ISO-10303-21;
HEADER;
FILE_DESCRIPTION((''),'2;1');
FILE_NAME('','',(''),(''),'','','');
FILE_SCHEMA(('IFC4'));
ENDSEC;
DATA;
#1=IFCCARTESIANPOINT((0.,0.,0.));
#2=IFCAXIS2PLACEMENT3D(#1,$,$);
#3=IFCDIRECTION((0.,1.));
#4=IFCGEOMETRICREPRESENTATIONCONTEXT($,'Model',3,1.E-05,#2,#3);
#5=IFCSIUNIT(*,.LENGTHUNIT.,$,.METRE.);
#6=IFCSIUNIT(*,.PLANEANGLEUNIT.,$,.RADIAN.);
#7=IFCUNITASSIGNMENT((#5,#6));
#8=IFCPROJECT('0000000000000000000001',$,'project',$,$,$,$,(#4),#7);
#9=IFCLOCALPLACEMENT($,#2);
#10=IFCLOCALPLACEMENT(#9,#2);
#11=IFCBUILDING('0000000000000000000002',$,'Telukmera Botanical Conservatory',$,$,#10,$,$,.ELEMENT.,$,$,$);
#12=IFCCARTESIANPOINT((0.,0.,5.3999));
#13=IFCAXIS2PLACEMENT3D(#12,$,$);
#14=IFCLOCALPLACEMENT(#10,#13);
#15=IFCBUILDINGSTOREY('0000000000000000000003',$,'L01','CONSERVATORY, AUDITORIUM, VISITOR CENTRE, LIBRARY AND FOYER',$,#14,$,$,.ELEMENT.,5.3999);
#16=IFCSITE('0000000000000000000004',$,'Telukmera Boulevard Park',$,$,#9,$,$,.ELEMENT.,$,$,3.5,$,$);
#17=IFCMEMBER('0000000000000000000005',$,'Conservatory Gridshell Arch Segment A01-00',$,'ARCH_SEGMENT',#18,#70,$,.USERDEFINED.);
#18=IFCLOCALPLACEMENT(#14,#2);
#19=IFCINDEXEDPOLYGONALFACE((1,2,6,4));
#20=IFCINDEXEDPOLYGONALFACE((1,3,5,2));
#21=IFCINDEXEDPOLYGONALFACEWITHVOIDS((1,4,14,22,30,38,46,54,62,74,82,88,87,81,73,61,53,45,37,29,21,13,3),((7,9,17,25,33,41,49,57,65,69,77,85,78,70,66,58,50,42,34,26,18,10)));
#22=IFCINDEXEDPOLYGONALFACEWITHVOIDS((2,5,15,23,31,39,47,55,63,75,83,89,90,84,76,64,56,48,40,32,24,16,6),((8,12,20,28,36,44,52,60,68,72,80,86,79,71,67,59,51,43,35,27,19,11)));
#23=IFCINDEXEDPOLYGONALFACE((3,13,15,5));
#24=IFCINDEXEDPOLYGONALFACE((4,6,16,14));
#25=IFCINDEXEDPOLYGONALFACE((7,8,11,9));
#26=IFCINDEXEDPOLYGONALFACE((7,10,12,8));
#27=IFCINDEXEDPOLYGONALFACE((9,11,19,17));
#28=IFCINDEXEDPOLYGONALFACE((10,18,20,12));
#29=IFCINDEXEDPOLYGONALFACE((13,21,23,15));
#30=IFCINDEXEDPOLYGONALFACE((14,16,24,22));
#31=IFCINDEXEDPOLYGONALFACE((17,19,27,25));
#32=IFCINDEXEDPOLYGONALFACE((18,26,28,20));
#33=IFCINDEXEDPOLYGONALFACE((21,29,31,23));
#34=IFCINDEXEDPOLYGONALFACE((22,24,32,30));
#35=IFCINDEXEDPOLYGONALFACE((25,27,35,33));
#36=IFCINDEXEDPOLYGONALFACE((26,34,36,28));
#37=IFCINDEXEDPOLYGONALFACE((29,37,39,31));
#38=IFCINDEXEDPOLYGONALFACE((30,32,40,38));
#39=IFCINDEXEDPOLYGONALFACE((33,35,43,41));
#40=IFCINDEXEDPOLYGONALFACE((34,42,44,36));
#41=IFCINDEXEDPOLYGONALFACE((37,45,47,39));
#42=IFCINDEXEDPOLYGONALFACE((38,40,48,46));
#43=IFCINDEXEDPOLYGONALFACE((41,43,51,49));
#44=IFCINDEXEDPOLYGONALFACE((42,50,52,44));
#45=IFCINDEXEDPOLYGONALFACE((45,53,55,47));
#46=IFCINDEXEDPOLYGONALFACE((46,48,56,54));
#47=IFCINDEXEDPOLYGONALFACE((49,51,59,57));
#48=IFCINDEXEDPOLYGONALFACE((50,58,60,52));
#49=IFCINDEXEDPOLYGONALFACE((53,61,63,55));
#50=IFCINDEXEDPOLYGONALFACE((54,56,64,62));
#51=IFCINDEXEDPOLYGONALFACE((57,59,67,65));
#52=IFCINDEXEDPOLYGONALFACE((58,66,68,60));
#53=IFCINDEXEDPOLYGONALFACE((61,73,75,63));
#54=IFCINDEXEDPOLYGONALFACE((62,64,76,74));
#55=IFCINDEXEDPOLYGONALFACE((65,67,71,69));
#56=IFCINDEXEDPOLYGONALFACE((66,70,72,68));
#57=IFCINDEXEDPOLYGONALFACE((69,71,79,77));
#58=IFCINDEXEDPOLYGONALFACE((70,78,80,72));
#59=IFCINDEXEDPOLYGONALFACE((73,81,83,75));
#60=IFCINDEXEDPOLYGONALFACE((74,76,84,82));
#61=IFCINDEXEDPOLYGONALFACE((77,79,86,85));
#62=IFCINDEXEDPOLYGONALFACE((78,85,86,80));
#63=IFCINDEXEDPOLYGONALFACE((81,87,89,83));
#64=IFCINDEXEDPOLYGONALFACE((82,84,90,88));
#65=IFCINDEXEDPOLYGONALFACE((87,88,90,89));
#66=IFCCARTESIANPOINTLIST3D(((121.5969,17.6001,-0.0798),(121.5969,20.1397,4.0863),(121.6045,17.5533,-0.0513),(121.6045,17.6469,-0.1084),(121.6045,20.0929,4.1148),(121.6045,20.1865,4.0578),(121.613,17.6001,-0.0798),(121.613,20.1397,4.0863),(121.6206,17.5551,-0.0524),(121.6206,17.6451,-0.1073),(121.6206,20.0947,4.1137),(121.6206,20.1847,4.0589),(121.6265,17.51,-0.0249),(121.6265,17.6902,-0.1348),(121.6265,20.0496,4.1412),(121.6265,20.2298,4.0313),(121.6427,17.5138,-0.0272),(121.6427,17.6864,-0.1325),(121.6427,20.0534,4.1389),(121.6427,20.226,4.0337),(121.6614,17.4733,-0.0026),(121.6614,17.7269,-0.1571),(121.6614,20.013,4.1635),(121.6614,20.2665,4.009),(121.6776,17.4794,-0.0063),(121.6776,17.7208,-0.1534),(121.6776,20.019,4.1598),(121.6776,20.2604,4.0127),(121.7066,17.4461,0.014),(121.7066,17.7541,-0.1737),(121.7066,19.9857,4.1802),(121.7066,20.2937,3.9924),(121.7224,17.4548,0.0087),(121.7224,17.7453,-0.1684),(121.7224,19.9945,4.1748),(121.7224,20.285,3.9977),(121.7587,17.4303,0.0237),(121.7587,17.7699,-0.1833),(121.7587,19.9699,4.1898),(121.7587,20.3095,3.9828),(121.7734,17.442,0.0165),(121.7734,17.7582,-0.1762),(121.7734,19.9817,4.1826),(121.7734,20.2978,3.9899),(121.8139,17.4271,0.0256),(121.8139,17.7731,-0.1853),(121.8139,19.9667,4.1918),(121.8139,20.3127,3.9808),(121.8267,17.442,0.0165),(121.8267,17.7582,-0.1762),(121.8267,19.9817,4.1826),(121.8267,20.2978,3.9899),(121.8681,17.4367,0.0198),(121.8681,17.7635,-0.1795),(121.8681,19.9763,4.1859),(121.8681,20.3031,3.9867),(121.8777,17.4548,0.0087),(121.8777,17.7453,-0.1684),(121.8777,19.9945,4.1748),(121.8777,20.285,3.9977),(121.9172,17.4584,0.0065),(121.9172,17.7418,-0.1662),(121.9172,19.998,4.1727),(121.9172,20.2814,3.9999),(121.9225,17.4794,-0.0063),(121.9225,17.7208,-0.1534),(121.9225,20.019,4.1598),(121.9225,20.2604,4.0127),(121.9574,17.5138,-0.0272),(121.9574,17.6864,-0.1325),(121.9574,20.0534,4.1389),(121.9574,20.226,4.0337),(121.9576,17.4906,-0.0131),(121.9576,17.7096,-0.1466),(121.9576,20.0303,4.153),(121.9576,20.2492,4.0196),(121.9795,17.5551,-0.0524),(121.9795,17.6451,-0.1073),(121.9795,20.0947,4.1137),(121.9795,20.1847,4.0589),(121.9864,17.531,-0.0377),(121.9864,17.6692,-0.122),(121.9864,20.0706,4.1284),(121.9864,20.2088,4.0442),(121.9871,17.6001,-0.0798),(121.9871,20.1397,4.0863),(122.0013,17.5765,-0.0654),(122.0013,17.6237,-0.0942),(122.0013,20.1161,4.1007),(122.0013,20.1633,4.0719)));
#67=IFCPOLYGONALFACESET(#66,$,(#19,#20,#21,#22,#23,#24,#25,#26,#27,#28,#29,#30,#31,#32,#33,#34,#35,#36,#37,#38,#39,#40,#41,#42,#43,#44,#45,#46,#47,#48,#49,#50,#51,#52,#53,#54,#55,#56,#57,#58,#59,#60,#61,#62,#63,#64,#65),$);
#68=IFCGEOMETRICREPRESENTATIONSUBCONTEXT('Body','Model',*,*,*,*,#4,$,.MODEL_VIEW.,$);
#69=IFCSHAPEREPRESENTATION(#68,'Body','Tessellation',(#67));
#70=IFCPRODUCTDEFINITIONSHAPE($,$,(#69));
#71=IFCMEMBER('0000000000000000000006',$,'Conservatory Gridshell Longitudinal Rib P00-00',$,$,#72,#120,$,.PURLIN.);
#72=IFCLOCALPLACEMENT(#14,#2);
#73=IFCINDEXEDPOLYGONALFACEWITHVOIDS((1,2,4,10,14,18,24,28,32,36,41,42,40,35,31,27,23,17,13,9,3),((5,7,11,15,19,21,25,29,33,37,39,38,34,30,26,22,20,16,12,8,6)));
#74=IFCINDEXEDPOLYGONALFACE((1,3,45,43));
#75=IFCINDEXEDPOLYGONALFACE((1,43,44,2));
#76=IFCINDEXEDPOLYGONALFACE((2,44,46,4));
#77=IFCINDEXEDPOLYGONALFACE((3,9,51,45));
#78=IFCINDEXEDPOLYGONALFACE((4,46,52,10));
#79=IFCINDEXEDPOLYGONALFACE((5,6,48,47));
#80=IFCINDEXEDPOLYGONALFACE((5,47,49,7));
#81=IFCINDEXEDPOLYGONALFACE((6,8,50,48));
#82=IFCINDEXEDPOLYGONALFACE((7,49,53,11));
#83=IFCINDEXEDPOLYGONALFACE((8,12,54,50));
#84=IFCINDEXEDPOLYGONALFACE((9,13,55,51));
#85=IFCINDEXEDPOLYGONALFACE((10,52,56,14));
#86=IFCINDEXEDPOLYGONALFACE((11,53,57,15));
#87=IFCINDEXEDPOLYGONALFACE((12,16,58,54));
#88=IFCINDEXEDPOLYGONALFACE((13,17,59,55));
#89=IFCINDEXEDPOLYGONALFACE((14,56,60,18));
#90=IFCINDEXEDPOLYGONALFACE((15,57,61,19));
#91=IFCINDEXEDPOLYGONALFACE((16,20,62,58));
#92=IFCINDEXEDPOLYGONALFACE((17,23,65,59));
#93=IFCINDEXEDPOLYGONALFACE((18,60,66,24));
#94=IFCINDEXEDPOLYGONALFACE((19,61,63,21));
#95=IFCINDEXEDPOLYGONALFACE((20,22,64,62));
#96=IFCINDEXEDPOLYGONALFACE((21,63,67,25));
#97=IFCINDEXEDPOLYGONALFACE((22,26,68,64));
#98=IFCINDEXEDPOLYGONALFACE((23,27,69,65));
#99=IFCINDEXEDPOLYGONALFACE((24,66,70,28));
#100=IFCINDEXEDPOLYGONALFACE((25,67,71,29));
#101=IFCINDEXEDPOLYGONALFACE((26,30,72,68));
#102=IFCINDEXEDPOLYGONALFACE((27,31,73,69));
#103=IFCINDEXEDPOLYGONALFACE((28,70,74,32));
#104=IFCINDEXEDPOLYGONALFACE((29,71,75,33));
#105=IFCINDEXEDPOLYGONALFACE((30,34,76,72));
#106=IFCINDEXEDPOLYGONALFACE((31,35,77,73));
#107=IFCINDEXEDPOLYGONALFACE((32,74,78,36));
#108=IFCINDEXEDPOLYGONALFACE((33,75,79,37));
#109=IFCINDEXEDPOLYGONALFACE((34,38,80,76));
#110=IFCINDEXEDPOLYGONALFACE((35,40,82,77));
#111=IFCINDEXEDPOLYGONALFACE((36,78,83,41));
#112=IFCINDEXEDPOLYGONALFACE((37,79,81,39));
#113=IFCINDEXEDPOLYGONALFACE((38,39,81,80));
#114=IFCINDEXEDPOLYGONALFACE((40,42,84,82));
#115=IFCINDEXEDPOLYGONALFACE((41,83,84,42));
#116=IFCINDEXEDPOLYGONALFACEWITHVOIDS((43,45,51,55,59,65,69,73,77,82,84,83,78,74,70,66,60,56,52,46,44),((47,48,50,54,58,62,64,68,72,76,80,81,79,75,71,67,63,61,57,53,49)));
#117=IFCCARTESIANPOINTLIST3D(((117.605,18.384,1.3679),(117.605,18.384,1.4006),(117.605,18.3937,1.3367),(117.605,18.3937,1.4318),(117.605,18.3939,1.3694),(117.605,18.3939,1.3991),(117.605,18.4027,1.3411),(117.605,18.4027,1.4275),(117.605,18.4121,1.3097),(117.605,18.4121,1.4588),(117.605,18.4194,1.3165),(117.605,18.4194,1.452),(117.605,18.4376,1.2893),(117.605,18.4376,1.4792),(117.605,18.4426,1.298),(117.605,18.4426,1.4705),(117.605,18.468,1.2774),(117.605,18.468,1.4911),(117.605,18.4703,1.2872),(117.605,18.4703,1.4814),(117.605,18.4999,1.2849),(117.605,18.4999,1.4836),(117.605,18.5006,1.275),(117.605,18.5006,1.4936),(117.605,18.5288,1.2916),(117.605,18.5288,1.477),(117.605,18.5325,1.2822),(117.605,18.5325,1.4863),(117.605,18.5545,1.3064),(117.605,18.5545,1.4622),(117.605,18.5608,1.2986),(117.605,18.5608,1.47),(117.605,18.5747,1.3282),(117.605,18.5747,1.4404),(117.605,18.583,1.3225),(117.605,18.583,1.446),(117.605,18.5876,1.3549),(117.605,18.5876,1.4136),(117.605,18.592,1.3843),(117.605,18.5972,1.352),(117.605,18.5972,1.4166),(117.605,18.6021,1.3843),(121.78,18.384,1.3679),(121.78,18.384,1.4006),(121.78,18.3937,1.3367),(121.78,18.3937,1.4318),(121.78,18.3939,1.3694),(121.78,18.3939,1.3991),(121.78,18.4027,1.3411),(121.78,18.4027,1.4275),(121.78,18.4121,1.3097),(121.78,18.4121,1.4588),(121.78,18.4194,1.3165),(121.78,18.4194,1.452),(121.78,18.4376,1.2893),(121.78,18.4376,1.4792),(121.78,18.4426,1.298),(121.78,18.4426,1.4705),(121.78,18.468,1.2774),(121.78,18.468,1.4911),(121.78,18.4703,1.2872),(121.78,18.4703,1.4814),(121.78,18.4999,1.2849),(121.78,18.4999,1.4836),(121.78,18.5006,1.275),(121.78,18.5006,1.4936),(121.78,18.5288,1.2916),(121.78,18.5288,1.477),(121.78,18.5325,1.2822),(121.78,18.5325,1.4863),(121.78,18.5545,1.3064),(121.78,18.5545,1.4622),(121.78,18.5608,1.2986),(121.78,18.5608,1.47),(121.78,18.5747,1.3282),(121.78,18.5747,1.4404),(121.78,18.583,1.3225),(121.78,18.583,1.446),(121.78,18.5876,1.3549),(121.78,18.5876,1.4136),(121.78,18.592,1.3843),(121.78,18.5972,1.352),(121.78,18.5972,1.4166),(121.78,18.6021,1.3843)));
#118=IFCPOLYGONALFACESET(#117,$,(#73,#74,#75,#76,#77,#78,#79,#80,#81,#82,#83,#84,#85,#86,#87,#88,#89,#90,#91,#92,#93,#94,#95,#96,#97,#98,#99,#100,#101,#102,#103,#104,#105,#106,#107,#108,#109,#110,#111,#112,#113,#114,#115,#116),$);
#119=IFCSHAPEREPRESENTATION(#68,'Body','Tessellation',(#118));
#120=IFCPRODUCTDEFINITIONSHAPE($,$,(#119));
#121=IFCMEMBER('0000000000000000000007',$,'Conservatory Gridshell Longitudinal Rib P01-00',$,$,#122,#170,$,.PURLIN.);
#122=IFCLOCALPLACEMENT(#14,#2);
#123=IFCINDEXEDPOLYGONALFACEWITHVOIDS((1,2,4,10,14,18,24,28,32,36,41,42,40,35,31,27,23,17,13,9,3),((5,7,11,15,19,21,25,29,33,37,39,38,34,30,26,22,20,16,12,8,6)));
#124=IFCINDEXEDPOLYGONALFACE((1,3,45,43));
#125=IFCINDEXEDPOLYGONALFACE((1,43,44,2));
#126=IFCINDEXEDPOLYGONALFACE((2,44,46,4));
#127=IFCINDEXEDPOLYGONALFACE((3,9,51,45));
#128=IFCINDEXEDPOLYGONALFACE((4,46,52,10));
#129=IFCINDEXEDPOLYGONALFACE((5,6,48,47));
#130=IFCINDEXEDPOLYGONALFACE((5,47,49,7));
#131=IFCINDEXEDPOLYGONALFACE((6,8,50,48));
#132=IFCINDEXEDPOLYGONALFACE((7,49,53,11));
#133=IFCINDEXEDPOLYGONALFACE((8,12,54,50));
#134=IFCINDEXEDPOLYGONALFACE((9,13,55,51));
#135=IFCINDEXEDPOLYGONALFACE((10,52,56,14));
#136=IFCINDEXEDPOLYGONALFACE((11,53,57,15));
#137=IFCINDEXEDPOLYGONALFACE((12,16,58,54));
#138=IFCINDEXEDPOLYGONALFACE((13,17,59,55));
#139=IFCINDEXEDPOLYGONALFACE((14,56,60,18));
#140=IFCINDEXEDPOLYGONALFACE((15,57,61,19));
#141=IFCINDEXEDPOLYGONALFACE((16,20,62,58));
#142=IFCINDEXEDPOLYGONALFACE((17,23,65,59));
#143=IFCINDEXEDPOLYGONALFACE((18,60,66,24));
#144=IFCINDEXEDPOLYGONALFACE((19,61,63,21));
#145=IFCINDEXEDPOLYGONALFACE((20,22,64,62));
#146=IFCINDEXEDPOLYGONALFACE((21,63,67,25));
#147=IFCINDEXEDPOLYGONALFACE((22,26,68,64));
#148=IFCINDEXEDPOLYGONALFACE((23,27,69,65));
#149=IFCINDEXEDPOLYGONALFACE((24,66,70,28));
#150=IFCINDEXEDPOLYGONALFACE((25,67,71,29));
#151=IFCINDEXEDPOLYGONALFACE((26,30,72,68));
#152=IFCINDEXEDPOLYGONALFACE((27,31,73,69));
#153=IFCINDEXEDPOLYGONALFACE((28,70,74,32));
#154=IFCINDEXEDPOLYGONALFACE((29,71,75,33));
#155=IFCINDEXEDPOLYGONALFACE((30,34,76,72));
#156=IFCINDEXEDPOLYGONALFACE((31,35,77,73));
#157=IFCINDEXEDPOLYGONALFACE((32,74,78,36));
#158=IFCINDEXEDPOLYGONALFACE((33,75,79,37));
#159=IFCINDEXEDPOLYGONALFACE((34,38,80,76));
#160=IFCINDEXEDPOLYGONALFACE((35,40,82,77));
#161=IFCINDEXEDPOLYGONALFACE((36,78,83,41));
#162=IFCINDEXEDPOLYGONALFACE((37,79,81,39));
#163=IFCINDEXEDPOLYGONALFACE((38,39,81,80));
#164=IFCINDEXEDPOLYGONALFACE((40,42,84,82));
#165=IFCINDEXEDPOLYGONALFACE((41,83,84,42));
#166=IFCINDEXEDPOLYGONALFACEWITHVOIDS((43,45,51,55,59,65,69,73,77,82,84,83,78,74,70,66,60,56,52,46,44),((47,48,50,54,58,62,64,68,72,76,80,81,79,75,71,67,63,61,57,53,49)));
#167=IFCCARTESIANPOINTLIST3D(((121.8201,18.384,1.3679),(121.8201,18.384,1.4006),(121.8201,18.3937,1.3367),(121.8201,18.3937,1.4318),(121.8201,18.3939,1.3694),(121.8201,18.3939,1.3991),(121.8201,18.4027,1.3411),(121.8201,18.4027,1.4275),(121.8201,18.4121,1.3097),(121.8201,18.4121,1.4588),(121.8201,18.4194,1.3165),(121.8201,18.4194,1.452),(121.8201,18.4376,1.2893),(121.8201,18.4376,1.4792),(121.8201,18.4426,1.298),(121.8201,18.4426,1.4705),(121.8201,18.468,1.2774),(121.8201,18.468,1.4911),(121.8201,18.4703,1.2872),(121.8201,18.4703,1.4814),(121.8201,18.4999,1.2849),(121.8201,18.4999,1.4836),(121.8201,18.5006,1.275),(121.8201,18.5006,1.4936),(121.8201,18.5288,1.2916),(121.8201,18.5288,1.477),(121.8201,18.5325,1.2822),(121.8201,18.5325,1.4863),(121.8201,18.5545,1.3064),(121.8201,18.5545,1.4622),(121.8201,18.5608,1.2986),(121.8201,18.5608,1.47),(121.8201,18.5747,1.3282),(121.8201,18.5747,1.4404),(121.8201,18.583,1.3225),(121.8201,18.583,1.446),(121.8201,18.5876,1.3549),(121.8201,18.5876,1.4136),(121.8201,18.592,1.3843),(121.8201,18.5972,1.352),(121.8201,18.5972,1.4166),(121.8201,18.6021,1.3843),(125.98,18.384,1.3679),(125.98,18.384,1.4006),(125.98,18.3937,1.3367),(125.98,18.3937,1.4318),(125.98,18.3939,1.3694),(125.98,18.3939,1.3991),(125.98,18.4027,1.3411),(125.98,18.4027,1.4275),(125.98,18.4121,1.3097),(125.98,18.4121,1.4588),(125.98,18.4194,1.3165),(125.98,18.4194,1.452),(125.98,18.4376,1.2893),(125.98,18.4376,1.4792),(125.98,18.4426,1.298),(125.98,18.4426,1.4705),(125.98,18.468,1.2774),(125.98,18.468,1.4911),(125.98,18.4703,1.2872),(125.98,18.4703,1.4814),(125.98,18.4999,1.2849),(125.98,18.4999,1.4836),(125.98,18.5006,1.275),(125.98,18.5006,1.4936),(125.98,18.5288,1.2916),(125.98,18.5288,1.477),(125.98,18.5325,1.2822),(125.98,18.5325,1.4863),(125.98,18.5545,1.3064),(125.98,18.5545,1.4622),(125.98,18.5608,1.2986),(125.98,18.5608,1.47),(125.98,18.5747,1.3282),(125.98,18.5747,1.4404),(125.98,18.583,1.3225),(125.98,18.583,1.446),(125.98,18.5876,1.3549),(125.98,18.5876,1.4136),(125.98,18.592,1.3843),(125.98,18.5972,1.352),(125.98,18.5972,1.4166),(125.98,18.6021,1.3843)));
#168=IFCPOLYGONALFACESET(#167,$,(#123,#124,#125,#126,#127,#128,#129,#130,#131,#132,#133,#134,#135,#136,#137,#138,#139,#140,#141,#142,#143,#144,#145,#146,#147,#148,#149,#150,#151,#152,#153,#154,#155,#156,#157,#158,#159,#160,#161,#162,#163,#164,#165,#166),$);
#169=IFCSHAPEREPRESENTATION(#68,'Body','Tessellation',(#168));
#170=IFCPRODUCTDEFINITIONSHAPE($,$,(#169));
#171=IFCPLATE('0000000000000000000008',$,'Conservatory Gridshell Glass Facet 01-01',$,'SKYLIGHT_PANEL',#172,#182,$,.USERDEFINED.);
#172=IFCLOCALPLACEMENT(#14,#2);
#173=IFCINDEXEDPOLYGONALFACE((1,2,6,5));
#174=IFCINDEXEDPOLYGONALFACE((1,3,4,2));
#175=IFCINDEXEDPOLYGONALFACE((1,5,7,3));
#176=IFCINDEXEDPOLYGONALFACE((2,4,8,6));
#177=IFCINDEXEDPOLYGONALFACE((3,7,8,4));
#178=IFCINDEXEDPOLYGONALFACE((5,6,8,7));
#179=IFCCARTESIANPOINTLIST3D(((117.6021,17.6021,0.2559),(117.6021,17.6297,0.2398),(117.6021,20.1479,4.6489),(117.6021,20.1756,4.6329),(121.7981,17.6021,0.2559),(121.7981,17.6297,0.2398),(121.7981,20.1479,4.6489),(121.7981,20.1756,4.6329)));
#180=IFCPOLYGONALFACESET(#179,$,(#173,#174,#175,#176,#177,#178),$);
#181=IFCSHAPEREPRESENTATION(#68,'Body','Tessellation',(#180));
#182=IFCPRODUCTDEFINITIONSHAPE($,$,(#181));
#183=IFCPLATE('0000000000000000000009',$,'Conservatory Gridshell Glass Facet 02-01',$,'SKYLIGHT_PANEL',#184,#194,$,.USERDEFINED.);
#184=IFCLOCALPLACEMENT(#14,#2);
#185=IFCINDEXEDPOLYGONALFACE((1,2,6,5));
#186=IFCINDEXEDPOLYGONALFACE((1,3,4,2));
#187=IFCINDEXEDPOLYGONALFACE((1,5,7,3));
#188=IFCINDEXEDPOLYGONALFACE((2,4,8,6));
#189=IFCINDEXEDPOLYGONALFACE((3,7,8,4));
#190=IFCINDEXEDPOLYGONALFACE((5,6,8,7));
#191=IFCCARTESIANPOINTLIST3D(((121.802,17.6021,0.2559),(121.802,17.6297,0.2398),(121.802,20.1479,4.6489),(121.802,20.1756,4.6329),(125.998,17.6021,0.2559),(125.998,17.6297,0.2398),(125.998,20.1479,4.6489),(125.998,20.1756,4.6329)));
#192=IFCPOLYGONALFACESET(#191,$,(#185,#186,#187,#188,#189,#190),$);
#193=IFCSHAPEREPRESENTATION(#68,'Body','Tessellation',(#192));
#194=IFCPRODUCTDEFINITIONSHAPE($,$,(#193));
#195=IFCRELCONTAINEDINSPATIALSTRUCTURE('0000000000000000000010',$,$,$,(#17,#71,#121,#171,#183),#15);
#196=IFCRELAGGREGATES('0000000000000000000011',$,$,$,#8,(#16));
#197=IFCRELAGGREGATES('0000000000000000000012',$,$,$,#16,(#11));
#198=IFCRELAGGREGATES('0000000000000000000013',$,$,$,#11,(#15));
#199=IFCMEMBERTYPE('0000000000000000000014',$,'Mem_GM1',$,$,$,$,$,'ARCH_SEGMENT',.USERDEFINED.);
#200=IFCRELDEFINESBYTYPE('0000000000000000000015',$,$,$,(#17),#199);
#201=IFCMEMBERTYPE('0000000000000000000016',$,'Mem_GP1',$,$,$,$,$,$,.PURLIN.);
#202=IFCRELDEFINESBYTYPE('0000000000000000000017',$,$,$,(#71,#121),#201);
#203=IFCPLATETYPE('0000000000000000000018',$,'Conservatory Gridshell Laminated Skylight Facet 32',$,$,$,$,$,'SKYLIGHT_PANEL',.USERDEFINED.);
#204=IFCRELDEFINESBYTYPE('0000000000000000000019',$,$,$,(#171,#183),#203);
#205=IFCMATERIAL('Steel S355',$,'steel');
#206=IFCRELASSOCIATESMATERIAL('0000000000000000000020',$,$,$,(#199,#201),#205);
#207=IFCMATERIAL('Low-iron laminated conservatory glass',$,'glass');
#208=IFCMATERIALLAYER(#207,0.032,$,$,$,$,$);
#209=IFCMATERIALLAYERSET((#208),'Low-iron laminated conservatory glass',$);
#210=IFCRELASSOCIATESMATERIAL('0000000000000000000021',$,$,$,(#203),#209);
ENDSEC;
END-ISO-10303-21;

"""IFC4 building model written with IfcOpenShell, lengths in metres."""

from ifc_helpers import new_model, si_unit, direction, frame, origin, origin_2d, place, context, subcontext, project, spatial, polyline, hollow_circle, outline, extrude, material, layer, layer_set, material_profile, profile_set, type_object, element, save


model = new_model("IFC4")

# Units and contexts
model_context = context("Model", 3, precision=1e-05, world=origin(), true_north=direction((0.0, 1.0)))
body_context = subcontext(model_context, "Body", "Model", "MODEL_VIEW")
ifc_project = project(units=[si_unit("LENGTHUNIT", "METRE"), si_unit("PLANEANGLEUNIT", "RADIAN")], contexts=[model_context])

# Site, building, storey
site_placement = place(None, origin())
site = spatial("IfcSite", under=ifc_project, at=site_placement, Name="Telukmera Boulevard Park", CompositionType="ELEMENT", RefElevation=3.5)
building_placement = place(site_placement, origin())
building = spatial("IfcBuilding", under=site, at=building_placement, Name="Telukmera Botanical Conservatory", CompositionType="ELEMENT")
storey_placement = place(building_placement, frame((0.0, 0.0, 5.3999)))
storey = spatial("IfcBuildingStorey", under=building, at=storey_placement, Name="L01", Description="CONSERVATORY, AUDITORIUM, VISITOR CENTRE, LIBRARY AND FOYER", CompositionType="ELEMENT", Elevation=5.3999)

# Shared definitions
ifc_material_1 = material(Name="Steel S355", Category="steel")

# Members
ifc_material_profile_1 = material_profile(ifc_material_1, hollow_circle(Radius=0.2031, WallThickness=0.0161, at=origin_2d()), Name="CHS 406.4x16.0")
ifc_profile_set_1 = profile_set([ifc_material_profile_1], Name="Steel S355")
member_type_1 = type_object("IfcMemberType", Name="Mem_GM1", ElementType="ARCH_SEGMENT", PredefinedType="USERDEFINED", material=ifc_profile_set_1)
member_1_placement = place(storey_placement, frame((121.8, 17.6001, -0.0798), z_axis=(0.0, 0.520502, 0.85386), x_axis=(-1.0, 0.0, 0.0)))
element("IfcMember", 1, at=member_1_placement, inside=storey, type_object=member_type_1, Name="Conservatory Gridshell Arch Segment A01-00", ObjectType="ARCH_SEGMENT", PredefinedType="USERDEFINED", context=body_context, shape_type="SweptSolid", body=[
    extrude(hollow_circle(Radius=0.2031, WallThickness=0.0161, at=origin_2d()), origin(), (0.0, 0.0, 1.0), 4.8792),
])
ifc_material_profile_2 = material_profile(ifc_material_1, hollow_circle(Radius=0.1096, WallThickness=0.01, at=origin_2d()), Name="CHS 219.1x10.0")
ifc_profile_set_2 = profile_set([ifc_material_profile_2], Name="Steel S355")
member_type_2 = type_object("IfcMemberType", Name="Mem_GP1", PredefinedType="PURLIN", material=ifc_profile_set_2)
member_2_placement = place(storey_placement, frame((117.605, 18.4924, 1.3843), z_axis=(1.0, 0.0, 0.0), x_axis=(0.0, 1.0, 0.0)))
element("IfcMember", 2, at=member_2_placement, inside=storey, type_object=member_type_2, Name="Conservatory Gridshell Longitudinal Rib P00-00", PredefinedType="PURLIN", context=body_context, shape_type="SweptSolid", body=[
    extrude(hollow_circle(Radius=0.1096, WallThickness=0.01, at=origin_2d()), origin(), (0.0, 0.0, 1.0), 4.175),
])
member_3_placement = place(storey_placement, frame((121.8201, 18.4924, 1.3843), z_axis=(1.0, 0.0, 0.0), x_axis=(0.0, 1.0, 0.0)))
element("IfcMember", 3, at=member_3_placement, inside=storey, type_object=member_type_2, Name="Conservatory Gridshell Longitudinal Rib P01-00", PredefinedType="PURLIN", context=body_context, shape_type="SweptSolid", body=[
    extrude(hollow_circle(Radius=0.1096, WallThickness=0.01, at=origin_2d()), origin(), (0.0, 0.0, 1.0), 4.1599),
])

# Plates
ifc_material_2 = material(Name="Low-iron laminated conservatory glass", Category="glass")
ifc_layer_1 = layer(ifc_material_2, 0.032)
ifc_layer_set_1 = layer_set([ifc_layer_1], Name="Low-iron laminated conservatory glass")
plate_type_1 = type_object("IfcPlateType", Name="Conservatory Gridshell Laminated Skylight Facet 32", ElementType="SKYLIGHT_PANEL", PredefinedType="USERDEFINED", material=ifc_layer_set_1)
for number, where, z_axis, x_axis, name in (
    (4, (117.6021, 17.6021, 0.2559), (0.0, -0.865209, 0.501412), (1.0, 0.0, 0.0), "Conservatory Gridshell Glass Facet 01-01"),
    (5, (121.802, 17.6021, 0.2559), (0.0, -0.865209, 0.501412), (1.0, 0.0, 0.0), "Conservatory Gridshell Glass Facet 02-01"),
):
    element("IfcPlate", number, at=place(storey_placement, frame(where, z_axis=z_axis, x_axis=x_axis)), inside=storey, type_object=plate_type_1, Name=name, ObjectType="SKYLIGHT_PANEL", PredefinedType="USERDEFINED", context=body_context, shape_type="SweptSolid", body=[
        extrude(outline(polyline([(0.0, 0.0), (4.196, 0.0), (4.196, 5.0775), (0.0, 5.0775), (0.0, 0.0)])), origin(), (0.0, 0.0, -1.0), 0.032),
    ])

save(model, "model.ifc")
